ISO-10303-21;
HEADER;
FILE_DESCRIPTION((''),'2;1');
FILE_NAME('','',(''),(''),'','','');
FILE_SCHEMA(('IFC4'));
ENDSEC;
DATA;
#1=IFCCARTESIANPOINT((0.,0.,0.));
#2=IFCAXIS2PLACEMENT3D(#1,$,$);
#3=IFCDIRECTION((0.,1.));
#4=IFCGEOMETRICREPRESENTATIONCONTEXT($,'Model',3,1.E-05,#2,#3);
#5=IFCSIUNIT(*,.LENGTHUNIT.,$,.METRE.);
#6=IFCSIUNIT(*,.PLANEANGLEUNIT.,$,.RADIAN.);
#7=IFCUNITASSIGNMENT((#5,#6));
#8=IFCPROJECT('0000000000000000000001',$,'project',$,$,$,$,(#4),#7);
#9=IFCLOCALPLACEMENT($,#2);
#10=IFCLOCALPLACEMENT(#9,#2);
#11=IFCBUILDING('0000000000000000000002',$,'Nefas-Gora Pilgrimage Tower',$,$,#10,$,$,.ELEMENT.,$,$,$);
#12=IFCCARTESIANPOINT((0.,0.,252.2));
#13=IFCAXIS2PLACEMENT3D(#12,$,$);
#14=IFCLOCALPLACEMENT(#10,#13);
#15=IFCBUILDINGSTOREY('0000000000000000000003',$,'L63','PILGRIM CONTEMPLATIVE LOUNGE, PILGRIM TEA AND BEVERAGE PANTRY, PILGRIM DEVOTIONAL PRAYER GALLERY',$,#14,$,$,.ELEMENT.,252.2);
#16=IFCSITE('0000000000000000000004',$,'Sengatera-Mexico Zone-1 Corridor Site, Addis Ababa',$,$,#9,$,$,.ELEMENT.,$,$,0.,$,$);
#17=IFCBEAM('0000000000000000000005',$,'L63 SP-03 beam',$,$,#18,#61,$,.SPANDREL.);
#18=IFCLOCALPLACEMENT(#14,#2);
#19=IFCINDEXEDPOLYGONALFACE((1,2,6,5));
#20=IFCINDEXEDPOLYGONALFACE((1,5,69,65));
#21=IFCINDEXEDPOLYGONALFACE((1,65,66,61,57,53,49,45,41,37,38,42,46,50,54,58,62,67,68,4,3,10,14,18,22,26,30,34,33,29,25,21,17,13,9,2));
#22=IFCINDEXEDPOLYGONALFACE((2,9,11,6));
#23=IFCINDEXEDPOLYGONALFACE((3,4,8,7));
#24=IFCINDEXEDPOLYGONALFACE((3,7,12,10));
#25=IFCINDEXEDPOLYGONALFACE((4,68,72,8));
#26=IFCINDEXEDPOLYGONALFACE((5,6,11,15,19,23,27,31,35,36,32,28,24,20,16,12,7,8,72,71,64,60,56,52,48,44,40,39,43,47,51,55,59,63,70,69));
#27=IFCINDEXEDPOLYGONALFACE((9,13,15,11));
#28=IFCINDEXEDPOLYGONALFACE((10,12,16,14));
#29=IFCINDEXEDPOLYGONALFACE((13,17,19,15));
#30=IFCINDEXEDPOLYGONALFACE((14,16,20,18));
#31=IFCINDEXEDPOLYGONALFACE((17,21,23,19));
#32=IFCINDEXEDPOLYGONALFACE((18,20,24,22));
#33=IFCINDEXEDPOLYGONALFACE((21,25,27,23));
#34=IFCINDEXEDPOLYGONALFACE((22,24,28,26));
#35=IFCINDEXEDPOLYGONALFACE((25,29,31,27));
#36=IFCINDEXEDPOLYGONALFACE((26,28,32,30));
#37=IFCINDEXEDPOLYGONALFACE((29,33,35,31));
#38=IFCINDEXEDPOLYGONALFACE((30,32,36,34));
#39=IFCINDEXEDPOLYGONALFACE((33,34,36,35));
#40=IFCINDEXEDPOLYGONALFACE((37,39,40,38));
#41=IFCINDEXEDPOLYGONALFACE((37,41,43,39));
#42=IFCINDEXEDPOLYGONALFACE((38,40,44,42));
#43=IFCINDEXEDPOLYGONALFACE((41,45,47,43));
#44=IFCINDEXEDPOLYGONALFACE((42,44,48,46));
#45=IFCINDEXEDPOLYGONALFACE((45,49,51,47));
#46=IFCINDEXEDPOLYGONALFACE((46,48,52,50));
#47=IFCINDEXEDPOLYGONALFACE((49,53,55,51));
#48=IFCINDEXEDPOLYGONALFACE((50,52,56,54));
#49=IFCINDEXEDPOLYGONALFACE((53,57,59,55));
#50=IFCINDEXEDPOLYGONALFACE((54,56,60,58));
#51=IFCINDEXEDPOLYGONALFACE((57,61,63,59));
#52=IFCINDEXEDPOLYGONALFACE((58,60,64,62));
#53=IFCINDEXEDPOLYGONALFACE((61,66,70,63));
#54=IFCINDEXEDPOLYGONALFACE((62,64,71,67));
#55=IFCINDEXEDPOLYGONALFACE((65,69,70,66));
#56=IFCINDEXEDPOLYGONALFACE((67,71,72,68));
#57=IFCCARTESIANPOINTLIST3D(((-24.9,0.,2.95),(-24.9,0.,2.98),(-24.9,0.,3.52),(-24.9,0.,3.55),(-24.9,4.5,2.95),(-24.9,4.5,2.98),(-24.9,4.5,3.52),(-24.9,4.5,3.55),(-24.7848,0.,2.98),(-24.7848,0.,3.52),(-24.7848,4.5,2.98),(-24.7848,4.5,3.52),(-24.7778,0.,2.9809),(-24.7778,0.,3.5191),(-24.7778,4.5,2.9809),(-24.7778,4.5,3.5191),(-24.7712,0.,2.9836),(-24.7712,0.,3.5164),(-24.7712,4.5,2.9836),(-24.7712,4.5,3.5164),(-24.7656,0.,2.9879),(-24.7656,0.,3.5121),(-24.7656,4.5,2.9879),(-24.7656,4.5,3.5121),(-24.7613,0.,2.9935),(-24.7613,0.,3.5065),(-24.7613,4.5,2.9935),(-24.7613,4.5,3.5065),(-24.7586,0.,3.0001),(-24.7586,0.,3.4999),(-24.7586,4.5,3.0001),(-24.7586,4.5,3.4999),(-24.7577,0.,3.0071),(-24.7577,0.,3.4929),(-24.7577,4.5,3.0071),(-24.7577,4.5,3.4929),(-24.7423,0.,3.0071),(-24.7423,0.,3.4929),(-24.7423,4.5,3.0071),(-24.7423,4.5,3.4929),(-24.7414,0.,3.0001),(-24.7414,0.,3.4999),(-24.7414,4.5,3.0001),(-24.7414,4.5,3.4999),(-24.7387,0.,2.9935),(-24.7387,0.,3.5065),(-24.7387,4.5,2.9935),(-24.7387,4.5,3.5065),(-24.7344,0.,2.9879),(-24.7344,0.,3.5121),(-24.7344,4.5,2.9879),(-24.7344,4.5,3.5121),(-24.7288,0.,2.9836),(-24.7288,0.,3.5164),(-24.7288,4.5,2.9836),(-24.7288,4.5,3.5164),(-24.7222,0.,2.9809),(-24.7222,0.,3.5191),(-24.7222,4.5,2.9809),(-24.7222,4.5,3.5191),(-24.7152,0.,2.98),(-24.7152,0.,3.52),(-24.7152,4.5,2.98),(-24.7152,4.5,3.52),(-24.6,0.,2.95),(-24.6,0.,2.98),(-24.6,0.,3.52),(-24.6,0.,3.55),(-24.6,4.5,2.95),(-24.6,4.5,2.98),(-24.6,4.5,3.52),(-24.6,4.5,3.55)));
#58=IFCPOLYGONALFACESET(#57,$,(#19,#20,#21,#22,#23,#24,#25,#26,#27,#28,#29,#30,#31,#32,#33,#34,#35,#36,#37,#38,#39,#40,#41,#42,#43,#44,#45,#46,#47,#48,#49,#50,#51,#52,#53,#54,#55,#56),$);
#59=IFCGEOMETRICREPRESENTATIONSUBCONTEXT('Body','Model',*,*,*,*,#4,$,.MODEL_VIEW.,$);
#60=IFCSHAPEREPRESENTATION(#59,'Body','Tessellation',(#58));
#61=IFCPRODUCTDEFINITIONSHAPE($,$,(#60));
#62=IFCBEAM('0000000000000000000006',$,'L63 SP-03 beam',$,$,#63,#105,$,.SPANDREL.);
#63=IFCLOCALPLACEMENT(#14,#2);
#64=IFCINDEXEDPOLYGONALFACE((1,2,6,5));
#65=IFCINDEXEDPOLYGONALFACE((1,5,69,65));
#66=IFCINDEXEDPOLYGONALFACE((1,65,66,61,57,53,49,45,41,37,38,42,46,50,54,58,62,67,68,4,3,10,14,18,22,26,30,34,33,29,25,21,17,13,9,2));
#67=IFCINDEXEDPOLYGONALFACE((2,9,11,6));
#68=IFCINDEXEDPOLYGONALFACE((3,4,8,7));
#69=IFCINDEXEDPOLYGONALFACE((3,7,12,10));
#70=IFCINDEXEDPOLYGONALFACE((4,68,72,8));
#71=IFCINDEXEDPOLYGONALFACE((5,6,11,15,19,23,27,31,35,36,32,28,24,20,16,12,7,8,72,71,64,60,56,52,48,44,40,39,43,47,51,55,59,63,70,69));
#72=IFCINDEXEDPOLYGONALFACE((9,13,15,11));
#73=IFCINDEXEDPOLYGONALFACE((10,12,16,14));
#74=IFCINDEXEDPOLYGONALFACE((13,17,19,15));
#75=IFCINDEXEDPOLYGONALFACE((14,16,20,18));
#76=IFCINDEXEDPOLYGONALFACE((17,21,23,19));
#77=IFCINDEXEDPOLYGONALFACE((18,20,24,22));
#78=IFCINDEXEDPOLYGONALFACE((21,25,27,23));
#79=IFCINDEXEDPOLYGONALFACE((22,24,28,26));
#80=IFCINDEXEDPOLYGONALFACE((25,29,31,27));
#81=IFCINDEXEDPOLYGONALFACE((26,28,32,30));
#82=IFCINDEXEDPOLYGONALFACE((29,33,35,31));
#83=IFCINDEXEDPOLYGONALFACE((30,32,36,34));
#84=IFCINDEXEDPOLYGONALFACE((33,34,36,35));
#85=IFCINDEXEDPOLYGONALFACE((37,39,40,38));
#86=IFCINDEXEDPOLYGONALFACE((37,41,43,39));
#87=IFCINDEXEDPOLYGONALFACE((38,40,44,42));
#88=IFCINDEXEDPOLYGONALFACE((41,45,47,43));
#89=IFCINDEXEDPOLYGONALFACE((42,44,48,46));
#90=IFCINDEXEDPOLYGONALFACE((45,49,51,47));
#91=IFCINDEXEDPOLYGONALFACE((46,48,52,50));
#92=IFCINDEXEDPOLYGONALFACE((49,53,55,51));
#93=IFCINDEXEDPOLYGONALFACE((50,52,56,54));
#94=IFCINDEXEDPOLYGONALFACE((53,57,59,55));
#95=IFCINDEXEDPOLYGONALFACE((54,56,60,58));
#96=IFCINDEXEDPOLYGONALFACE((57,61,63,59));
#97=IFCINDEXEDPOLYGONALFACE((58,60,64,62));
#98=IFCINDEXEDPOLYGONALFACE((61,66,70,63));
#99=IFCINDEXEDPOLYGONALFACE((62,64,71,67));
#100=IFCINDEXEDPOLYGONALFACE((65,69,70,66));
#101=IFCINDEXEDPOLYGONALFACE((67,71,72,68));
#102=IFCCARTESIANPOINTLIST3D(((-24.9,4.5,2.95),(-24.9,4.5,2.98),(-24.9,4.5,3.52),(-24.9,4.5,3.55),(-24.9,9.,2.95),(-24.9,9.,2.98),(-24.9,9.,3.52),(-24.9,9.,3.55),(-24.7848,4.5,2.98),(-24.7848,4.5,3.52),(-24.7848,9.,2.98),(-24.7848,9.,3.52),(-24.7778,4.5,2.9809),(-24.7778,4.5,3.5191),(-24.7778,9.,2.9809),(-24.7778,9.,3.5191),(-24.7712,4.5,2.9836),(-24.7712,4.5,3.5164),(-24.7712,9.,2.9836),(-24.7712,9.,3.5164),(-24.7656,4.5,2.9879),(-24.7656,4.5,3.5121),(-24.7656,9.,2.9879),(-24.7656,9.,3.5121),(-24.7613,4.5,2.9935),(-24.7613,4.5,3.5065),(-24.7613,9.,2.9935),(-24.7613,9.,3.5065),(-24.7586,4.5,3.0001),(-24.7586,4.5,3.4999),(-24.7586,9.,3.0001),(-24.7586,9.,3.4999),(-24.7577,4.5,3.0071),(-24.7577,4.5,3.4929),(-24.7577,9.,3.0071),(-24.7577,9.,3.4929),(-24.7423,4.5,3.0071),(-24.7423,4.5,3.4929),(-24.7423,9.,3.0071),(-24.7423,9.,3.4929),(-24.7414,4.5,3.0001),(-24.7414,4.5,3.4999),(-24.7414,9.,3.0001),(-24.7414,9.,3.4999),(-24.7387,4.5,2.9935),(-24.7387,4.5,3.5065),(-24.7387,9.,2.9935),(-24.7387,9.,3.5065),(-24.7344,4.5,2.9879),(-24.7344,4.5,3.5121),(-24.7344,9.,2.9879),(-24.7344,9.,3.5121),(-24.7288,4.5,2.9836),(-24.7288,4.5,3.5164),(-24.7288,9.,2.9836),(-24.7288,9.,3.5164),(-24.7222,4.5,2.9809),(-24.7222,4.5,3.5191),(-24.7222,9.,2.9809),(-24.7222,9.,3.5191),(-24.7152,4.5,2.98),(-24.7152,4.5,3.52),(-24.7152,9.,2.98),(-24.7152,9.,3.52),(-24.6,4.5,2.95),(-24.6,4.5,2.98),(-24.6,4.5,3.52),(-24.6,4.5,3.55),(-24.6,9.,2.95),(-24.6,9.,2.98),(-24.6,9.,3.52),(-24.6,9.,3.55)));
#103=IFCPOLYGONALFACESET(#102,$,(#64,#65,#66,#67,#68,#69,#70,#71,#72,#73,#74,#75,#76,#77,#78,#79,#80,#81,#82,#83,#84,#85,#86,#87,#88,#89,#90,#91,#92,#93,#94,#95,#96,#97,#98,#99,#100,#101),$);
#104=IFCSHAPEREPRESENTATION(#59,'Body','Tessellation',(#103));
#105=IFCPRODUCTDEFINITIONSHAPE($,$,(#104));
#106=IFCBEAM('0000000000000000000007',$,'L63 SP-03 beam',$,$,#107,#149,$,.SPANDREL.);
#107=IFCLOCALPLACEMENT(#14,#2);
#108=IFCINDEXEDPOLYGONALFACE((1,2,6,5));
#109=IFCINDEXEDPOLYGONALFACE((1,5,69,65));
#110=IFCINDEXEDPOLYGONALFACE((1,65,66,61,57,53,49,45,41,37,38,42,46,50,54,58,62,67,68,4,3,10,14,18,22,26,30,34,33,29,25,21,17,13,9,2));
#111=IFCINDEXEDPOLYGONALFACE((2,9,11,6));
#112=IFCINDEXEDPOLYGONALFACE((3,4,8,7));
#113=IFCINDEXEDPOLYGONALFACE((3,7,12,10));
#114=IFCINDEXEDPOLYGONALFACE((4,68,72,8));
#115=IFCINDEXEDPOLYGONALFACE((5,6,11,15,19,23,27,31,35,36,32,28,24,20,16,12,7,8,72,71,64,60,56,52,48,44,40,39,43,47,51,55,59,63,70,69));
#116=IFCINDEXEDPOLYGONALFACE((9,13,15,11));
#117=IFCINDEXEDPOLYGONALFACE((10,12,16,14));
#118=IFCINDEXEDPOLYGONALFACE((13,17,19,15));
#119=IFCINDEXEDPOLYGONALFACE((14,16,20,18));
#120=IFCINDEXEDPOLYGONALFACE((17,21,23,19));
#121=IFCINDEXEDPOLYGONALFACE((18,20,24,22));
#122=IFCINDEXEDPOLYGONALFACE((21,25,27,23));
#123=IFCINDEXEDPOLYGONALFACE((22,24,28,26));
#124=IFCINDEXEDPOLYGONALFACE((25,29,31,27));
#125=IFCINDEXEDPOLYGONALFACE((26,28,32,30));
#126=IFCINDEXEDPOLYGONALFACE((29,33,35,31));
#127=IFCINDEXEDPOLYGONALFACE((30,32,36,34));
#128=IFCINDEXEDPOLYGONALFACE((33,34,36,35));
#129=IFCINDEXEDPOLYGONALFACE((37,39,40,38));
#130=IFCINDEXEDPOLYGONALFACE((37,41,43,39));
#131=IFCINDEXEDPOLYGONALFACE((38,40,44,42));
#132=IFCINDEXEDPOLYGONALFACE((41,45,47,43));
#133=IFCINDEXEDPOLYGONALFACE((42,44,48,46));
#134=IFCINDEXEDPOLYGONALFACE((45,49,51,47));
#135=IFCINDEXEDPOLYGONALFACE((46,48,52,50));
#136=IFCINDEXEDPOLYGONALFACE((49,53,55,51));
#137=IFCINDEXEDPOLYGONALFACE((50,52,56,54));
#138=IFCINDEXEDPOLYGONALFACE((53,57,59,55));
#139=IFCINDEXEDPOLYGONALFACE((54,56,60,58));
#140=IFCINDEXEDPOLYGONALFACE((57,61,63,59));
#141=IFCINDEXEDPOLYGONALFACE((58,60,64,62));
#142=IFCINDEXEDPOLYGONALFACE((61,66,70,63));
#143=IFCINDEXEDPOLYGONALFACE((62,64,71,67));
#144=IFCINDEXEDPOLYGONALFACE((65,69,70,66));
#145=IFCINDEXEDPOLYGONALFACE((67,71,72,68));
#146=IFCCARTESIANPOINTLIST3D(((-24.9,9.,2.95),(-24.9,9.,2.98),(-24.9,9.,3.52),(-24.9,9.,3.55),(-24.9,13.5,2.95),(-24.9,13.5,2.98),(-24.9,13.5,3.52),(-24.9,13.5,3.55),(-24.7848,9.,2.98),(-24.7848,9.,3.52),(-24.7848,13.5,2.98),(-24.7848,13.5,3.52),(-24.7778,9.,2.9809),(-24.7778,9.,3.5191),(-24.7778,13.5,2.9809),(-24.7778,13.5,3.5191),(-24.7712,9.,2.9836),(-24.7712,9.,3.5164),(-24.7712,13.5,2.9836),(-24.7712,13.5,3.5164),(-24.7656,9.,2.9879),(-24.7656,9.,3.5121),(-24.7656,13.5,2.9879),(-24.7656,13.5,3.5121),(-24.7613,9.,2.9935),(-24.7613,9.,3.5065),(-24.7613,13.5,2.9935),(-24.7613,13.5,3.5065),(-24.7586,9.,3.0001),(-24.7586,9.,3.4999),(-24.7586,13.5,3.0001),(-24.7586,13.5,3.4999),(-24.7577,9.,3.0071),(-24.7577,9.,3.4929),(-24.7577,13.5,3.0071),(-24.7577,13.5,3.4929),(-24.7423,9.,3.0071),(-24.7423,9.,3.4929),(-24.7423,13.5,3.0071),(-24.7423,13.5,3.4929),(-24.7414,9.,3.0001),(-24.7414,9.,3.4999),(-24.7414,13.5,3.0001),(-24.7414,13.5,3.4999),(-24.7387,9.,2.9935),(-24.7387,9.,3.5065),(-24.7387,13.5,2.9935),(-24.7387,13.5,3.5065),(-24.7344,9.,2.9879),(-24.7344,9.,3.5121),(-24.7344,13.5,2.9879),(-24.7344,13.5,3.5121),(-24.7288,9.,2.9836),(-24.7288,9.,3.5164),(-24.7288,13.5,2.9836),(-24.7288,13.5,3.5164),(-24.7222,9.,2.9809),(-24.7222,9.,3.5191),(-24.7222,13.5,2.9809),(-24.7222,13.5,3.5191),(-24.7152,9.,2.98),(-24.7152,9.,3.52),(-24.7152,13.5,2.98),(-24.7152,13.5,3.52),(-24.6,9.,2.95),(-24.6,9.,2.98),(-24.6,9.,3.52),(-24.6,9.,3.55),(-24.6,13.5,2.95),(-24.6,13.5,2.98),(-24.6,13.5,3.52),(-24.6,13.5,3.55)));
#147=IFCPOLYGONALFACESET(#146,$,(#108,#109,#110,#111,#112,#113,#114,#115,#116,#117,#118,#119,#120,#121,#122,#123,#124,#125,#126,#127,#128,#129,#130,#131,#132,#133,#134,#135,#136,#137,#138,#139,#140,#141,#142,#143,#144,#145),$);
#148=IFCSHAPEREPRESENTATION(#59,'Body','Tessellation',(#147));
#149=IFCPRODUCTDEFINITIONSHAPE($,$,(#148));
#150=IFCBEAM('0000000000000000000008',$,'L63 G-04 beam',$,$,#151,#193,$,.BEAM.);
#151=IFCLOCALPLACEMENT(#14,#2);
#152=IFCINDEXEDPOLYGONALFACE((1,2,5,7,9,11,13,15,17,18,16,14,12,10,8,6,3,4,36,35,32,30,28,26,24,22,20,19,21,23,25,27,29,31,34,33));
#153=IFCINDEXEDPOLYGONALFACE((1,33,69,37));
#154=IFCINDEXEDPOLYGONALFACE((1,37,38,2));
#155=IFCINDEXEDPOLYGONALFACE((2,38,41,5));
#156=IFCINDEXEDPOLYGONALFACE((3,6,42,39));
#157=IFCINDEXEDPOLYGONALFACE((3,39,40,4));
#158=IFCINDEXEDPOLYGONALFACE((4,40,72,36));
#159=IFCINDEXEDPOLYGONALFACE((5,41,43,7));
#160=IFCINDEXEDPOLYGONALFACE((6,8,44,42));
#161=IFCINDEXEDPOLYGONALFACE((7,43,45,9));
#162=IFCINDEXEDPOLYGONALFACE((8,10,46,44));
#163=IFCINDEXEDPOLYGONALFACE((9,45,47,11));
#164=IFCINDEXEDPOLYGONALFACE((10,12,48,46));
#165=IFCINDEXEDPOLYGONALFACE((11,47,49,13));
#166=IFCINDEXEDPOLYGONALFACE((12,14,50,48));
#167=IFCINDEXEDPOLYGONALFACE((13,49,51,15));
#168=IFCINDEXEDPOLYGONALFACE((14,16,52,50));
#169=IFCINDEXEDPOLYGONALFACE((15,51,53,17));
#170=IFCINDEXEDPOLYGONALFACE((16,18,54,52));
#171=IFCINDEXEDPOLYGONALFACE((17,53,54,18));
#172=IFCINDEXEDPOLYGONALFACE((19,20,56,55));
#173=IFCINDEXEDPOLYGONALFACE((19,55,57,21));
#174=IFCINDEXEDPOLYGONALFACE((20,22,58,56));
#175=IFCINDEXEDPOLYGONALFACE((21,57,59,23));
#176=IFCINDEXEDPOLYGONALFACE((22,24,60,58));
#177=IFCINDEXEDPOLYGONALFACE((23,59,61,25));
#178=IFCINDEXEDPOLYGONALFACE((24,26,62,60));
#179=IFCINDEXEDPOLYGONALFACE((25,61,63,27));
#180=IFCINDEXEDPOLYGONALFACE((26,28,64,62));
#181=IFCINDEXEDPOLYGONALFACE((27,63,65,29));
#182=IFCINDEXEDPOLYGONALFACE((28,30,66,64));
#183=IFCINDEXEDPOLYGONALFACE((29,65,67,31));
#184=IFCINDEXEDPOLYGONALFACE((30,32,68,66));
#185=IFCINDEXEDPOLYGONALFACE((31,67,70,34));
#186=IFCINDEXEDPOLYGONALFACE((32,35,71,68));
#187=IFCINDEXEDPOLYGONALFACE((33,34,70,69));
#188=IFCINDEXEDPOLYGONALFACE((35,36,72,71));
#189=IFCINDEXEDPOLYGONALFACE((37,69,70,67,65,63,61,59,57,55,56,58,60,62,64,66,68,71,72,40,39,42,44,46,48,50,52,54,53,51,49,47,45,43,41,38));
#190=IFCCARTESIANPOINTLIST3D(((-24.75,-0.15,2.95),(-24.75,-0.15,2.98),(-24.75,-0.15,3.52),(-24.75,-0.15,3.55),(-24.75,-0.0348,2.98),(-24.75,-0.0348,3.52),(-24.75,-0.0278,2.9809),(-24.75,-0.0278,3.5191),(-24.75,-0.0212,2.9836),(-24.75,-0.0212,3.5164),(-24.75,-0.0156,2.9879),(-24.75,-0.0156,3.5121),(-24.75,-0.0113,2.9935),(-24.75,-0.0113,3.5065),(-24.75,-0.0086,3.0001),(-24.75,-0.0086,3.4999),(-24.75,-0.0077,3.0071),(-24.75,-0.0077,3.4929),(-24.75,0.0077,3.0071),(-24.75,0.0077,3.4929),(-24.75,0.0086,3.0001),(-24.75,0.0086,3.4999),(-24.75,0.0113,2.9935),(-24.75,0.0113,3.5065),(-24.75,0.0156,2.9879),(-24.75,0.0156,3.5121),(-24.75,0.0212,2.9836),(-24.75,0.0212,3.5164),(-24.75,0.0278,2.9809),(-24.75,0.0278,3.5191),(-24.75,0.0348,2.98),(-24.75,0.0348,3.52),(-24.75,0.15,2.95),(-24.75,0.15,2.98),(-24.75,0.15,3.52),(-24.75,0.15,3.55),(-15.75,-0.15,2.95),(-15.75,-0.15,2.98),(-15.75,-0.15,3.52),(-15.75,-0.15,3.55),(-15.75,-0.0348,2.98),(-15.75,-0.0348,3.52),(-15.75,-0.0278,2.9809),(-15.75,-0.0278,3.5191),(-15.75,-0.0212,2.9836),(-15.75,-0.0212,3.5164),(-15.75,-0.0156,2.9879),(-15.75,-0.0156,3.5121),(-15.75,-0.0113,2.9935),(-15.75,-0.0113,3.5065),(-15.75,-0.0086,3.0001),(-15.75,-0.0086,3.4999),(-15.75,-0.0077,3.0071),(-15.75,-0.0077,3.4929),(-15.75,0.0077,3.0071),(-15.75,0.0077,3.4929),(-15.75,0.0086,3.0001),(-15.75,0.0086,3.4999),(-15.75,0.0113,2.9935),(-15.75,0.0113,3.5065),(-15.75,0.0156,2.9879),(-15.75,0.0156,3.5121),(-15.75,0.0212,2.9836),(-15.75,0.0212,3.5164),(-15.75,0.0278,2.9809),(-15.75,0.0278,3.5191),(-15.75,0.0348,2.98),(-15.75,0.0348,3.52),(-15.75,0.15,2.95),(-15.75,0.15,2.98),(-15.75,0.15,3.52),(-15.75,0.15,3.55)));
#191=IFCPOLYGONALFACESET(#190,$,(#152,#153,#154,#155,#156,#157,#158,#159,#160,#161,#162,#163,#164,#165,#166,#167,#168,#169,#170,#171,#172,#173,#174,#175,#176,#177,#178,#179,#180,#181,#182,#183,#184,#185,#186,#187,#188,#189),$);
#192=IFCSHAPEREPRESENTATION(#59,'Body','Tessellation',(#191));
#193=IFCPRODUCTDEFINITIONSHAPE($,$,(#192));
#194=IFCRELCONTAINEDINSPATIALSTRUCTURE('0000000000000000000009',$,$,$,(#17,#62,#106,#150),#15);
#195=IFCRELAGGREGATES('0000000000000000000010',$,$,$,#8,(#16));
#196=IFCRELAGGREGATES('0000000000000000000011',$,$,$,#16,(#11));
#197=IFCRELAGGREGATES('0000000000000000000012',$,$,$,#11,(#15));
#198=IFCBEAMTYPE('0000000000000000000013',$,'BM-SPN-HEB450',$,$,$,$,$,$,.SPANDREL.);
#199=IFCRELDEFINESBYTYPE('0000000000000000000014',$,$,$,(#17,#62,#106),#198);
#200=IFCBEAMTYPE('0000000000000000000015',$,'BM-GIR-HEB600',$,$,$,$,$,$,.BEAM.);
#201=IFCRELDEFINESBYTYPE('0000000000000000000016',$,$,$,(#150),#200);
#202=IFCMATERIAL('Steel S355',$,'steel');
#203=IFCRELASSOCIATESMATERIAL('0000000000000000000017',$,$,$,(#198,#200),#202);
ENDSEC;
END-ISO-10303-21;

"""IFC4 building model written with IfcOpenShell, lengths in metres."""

from ifc_helpers import new_model, si_unit, direction, frame, origin, origin_2d, place, context, subcontext, project, spatial, i_section, extrude, source, transform, mapped, material, material_profile, profile_set, type_object, element, save


model = new_model("IFC4")

# Units and contexts
model_context = context("Model", 3, precision=1e-05, world=origin(), true_north=direction((0.0, 1.0)))
body_context = subcontext(model_context, "Body", "Model", "MODEL_VIEW")
ifc_project = project(units=[si_unit("LENGTHUNIT", "METRE"), si_unit("PLANEANGLEUNIT", "RADIAN")], contexts=[model_context])

# Site, building, storey
site_placement = place(None, origin())
site = spatial("IfcSite", under=ifc_project, at=site_placement, Name="Sengatera-Mexico Zone-1 Corridor Site, Addis Ababa", CompositionType="ELEMENT", RefElevation=0.0)
building_placement = place(site_placement, origin())
building = spatial("IfcBuilding", under=site, at=building_placement, Name="Nefas-Gora Pilgrimage Tower", CompositionType="ELEMENT")
storey_placement = place(building_placement, frame((0.0, 0.0, 252.2)))
storey = spatial("IfcBuildingStorey", under=building, at=storey_placement, Name="L63", Description="PILGRIM CONTEMPLATIVE LOUNGE, PILGRIM TEA AND BEVERAGE PANTRY, PILGRIM DEVOTIONAL PRAYER GALLERY", CompositionType="ELEMENT", Elevation=252.2)

# Beams
ifc_material_1 = material(Name="Steel S355", Category="steel")
ifc_material_profile_1 = material_profile(ifc_material_1, i_section(OverallWidth=0.3, OverallDepth=0.6001, WebThickness=0.0154, FlangeThickness=0.03, FilletRadius=0.0271, at=origin_2d()), Name="HEB 600")
ifc_profile_set_1 = profile_set([ifc_material_profile_1], Name="Steel S355")
beam_type_1 = type_object("IfcBeamType", Name="BM-SPN-HEB450", PredefinedType="SPANDREL", material=ifc_profile_set_1)
shared_shape_1 = source(origin(), body_context, "Body", "SweptSolid", [
    extrude(i_section(OverallWidth=0.3, OverallDepth=0.6001, WebThickness=0.0154, FlangeThickness=0.03, FilletRadius=0.0271, at=origin_2d()), origin(), (0.0, 0.0, 1.0), 4.5),
])
for number, where, z_axis, x_axis, name in (
    (1, (-24.75, 0.0, 3.25), (0.0, 1.0, 0.0), (-1.0, 0.0, 0.0), "L63 SP-03 beam"),
    (2, (-24.75, 4.5, 3.25), (0.0, 1.0, 0.0), (-1.0, 0.0, 0.0), "L63 SP-03 beam"),
    (3, (-24.75, 9.0, 3.25), (0.0, 1.0, 0.0), (-1.0, 0.0, 0.0), "L63 SP-03 beam"),
):
    element("IfcBeam", number, at=place(storey_placement, frame(where, z_axis=z_axis, x_axis=x_axis)), inside=storey, type_object=beam_type_1, Name=name, PredefinedType="SPANDREL", context=body_context, shape_type="MappedRepresentation", body=[
        mapped(shared_shape_1, transform((0.0, 0.0, 0.0), x_axis=(1.0, 0.0, 0.0), y_axis=(0.0, 1.0, 0.0), z_axis=(0.0, 0.0, 1.0), scale=1.0)),
    ])
ifc_material_profile_2 = material_profile(ifc_material_1, i_section(OverallWidth=0.3, OverallDepth=0.6001, WebThickness=0.0154, FlangeThickness=0.03, FilletRadius=0.0271, at=origin_2d()), Name="HEB 600")
ifc_profile_set_2 = profile_set([ifc_material_profile_2], Name="Steel S355")
beam_type_2 = type_object("IfcBeamType", Name="BM-GIR-HEB600", PredefinedType="BEAM", material=ifc_profile_set_2)
shared_shape_2 = source(origin(), body_context, "Body", "SweptSolid", [
    extrude(i_section(OverallWidth=0.3, OverallDepth=0.6001, WebThickness=0.0154, FlangeThickness=0.03, FilletRadius=0.0271, at=origin_2d()), origin(), (0.0, 0.0, 1.0), 9.0),
])
for number, where, z_axis, x_axis, name in (
    (4, (-24.75, 0.0, 3.25), (1.0, 0.0, 0.0), (0.0, 1.0, 0.0), "L63 G-04 beam"),
):
    element("IfcBeam", number, at=place(storey_placement, frame(where, z_axis=z_axis, x_axis=x_axis)), inside=storey, type_object=beam_type_2, Name=name, PredefinedType="BEAM", context=body_context, shape_type="MappedRepresentation", body=[
        mapped(shared_shape_2, transform((0.0, 0.0, 0.0), x_axis=(1.0, 0.0, 0.0), y_axis=(0.0, 1.0, 0.0), z_axis=(0.0, 0.0, 1.0), scale=1.0)),
    ])

save(model, "model.ifc")
